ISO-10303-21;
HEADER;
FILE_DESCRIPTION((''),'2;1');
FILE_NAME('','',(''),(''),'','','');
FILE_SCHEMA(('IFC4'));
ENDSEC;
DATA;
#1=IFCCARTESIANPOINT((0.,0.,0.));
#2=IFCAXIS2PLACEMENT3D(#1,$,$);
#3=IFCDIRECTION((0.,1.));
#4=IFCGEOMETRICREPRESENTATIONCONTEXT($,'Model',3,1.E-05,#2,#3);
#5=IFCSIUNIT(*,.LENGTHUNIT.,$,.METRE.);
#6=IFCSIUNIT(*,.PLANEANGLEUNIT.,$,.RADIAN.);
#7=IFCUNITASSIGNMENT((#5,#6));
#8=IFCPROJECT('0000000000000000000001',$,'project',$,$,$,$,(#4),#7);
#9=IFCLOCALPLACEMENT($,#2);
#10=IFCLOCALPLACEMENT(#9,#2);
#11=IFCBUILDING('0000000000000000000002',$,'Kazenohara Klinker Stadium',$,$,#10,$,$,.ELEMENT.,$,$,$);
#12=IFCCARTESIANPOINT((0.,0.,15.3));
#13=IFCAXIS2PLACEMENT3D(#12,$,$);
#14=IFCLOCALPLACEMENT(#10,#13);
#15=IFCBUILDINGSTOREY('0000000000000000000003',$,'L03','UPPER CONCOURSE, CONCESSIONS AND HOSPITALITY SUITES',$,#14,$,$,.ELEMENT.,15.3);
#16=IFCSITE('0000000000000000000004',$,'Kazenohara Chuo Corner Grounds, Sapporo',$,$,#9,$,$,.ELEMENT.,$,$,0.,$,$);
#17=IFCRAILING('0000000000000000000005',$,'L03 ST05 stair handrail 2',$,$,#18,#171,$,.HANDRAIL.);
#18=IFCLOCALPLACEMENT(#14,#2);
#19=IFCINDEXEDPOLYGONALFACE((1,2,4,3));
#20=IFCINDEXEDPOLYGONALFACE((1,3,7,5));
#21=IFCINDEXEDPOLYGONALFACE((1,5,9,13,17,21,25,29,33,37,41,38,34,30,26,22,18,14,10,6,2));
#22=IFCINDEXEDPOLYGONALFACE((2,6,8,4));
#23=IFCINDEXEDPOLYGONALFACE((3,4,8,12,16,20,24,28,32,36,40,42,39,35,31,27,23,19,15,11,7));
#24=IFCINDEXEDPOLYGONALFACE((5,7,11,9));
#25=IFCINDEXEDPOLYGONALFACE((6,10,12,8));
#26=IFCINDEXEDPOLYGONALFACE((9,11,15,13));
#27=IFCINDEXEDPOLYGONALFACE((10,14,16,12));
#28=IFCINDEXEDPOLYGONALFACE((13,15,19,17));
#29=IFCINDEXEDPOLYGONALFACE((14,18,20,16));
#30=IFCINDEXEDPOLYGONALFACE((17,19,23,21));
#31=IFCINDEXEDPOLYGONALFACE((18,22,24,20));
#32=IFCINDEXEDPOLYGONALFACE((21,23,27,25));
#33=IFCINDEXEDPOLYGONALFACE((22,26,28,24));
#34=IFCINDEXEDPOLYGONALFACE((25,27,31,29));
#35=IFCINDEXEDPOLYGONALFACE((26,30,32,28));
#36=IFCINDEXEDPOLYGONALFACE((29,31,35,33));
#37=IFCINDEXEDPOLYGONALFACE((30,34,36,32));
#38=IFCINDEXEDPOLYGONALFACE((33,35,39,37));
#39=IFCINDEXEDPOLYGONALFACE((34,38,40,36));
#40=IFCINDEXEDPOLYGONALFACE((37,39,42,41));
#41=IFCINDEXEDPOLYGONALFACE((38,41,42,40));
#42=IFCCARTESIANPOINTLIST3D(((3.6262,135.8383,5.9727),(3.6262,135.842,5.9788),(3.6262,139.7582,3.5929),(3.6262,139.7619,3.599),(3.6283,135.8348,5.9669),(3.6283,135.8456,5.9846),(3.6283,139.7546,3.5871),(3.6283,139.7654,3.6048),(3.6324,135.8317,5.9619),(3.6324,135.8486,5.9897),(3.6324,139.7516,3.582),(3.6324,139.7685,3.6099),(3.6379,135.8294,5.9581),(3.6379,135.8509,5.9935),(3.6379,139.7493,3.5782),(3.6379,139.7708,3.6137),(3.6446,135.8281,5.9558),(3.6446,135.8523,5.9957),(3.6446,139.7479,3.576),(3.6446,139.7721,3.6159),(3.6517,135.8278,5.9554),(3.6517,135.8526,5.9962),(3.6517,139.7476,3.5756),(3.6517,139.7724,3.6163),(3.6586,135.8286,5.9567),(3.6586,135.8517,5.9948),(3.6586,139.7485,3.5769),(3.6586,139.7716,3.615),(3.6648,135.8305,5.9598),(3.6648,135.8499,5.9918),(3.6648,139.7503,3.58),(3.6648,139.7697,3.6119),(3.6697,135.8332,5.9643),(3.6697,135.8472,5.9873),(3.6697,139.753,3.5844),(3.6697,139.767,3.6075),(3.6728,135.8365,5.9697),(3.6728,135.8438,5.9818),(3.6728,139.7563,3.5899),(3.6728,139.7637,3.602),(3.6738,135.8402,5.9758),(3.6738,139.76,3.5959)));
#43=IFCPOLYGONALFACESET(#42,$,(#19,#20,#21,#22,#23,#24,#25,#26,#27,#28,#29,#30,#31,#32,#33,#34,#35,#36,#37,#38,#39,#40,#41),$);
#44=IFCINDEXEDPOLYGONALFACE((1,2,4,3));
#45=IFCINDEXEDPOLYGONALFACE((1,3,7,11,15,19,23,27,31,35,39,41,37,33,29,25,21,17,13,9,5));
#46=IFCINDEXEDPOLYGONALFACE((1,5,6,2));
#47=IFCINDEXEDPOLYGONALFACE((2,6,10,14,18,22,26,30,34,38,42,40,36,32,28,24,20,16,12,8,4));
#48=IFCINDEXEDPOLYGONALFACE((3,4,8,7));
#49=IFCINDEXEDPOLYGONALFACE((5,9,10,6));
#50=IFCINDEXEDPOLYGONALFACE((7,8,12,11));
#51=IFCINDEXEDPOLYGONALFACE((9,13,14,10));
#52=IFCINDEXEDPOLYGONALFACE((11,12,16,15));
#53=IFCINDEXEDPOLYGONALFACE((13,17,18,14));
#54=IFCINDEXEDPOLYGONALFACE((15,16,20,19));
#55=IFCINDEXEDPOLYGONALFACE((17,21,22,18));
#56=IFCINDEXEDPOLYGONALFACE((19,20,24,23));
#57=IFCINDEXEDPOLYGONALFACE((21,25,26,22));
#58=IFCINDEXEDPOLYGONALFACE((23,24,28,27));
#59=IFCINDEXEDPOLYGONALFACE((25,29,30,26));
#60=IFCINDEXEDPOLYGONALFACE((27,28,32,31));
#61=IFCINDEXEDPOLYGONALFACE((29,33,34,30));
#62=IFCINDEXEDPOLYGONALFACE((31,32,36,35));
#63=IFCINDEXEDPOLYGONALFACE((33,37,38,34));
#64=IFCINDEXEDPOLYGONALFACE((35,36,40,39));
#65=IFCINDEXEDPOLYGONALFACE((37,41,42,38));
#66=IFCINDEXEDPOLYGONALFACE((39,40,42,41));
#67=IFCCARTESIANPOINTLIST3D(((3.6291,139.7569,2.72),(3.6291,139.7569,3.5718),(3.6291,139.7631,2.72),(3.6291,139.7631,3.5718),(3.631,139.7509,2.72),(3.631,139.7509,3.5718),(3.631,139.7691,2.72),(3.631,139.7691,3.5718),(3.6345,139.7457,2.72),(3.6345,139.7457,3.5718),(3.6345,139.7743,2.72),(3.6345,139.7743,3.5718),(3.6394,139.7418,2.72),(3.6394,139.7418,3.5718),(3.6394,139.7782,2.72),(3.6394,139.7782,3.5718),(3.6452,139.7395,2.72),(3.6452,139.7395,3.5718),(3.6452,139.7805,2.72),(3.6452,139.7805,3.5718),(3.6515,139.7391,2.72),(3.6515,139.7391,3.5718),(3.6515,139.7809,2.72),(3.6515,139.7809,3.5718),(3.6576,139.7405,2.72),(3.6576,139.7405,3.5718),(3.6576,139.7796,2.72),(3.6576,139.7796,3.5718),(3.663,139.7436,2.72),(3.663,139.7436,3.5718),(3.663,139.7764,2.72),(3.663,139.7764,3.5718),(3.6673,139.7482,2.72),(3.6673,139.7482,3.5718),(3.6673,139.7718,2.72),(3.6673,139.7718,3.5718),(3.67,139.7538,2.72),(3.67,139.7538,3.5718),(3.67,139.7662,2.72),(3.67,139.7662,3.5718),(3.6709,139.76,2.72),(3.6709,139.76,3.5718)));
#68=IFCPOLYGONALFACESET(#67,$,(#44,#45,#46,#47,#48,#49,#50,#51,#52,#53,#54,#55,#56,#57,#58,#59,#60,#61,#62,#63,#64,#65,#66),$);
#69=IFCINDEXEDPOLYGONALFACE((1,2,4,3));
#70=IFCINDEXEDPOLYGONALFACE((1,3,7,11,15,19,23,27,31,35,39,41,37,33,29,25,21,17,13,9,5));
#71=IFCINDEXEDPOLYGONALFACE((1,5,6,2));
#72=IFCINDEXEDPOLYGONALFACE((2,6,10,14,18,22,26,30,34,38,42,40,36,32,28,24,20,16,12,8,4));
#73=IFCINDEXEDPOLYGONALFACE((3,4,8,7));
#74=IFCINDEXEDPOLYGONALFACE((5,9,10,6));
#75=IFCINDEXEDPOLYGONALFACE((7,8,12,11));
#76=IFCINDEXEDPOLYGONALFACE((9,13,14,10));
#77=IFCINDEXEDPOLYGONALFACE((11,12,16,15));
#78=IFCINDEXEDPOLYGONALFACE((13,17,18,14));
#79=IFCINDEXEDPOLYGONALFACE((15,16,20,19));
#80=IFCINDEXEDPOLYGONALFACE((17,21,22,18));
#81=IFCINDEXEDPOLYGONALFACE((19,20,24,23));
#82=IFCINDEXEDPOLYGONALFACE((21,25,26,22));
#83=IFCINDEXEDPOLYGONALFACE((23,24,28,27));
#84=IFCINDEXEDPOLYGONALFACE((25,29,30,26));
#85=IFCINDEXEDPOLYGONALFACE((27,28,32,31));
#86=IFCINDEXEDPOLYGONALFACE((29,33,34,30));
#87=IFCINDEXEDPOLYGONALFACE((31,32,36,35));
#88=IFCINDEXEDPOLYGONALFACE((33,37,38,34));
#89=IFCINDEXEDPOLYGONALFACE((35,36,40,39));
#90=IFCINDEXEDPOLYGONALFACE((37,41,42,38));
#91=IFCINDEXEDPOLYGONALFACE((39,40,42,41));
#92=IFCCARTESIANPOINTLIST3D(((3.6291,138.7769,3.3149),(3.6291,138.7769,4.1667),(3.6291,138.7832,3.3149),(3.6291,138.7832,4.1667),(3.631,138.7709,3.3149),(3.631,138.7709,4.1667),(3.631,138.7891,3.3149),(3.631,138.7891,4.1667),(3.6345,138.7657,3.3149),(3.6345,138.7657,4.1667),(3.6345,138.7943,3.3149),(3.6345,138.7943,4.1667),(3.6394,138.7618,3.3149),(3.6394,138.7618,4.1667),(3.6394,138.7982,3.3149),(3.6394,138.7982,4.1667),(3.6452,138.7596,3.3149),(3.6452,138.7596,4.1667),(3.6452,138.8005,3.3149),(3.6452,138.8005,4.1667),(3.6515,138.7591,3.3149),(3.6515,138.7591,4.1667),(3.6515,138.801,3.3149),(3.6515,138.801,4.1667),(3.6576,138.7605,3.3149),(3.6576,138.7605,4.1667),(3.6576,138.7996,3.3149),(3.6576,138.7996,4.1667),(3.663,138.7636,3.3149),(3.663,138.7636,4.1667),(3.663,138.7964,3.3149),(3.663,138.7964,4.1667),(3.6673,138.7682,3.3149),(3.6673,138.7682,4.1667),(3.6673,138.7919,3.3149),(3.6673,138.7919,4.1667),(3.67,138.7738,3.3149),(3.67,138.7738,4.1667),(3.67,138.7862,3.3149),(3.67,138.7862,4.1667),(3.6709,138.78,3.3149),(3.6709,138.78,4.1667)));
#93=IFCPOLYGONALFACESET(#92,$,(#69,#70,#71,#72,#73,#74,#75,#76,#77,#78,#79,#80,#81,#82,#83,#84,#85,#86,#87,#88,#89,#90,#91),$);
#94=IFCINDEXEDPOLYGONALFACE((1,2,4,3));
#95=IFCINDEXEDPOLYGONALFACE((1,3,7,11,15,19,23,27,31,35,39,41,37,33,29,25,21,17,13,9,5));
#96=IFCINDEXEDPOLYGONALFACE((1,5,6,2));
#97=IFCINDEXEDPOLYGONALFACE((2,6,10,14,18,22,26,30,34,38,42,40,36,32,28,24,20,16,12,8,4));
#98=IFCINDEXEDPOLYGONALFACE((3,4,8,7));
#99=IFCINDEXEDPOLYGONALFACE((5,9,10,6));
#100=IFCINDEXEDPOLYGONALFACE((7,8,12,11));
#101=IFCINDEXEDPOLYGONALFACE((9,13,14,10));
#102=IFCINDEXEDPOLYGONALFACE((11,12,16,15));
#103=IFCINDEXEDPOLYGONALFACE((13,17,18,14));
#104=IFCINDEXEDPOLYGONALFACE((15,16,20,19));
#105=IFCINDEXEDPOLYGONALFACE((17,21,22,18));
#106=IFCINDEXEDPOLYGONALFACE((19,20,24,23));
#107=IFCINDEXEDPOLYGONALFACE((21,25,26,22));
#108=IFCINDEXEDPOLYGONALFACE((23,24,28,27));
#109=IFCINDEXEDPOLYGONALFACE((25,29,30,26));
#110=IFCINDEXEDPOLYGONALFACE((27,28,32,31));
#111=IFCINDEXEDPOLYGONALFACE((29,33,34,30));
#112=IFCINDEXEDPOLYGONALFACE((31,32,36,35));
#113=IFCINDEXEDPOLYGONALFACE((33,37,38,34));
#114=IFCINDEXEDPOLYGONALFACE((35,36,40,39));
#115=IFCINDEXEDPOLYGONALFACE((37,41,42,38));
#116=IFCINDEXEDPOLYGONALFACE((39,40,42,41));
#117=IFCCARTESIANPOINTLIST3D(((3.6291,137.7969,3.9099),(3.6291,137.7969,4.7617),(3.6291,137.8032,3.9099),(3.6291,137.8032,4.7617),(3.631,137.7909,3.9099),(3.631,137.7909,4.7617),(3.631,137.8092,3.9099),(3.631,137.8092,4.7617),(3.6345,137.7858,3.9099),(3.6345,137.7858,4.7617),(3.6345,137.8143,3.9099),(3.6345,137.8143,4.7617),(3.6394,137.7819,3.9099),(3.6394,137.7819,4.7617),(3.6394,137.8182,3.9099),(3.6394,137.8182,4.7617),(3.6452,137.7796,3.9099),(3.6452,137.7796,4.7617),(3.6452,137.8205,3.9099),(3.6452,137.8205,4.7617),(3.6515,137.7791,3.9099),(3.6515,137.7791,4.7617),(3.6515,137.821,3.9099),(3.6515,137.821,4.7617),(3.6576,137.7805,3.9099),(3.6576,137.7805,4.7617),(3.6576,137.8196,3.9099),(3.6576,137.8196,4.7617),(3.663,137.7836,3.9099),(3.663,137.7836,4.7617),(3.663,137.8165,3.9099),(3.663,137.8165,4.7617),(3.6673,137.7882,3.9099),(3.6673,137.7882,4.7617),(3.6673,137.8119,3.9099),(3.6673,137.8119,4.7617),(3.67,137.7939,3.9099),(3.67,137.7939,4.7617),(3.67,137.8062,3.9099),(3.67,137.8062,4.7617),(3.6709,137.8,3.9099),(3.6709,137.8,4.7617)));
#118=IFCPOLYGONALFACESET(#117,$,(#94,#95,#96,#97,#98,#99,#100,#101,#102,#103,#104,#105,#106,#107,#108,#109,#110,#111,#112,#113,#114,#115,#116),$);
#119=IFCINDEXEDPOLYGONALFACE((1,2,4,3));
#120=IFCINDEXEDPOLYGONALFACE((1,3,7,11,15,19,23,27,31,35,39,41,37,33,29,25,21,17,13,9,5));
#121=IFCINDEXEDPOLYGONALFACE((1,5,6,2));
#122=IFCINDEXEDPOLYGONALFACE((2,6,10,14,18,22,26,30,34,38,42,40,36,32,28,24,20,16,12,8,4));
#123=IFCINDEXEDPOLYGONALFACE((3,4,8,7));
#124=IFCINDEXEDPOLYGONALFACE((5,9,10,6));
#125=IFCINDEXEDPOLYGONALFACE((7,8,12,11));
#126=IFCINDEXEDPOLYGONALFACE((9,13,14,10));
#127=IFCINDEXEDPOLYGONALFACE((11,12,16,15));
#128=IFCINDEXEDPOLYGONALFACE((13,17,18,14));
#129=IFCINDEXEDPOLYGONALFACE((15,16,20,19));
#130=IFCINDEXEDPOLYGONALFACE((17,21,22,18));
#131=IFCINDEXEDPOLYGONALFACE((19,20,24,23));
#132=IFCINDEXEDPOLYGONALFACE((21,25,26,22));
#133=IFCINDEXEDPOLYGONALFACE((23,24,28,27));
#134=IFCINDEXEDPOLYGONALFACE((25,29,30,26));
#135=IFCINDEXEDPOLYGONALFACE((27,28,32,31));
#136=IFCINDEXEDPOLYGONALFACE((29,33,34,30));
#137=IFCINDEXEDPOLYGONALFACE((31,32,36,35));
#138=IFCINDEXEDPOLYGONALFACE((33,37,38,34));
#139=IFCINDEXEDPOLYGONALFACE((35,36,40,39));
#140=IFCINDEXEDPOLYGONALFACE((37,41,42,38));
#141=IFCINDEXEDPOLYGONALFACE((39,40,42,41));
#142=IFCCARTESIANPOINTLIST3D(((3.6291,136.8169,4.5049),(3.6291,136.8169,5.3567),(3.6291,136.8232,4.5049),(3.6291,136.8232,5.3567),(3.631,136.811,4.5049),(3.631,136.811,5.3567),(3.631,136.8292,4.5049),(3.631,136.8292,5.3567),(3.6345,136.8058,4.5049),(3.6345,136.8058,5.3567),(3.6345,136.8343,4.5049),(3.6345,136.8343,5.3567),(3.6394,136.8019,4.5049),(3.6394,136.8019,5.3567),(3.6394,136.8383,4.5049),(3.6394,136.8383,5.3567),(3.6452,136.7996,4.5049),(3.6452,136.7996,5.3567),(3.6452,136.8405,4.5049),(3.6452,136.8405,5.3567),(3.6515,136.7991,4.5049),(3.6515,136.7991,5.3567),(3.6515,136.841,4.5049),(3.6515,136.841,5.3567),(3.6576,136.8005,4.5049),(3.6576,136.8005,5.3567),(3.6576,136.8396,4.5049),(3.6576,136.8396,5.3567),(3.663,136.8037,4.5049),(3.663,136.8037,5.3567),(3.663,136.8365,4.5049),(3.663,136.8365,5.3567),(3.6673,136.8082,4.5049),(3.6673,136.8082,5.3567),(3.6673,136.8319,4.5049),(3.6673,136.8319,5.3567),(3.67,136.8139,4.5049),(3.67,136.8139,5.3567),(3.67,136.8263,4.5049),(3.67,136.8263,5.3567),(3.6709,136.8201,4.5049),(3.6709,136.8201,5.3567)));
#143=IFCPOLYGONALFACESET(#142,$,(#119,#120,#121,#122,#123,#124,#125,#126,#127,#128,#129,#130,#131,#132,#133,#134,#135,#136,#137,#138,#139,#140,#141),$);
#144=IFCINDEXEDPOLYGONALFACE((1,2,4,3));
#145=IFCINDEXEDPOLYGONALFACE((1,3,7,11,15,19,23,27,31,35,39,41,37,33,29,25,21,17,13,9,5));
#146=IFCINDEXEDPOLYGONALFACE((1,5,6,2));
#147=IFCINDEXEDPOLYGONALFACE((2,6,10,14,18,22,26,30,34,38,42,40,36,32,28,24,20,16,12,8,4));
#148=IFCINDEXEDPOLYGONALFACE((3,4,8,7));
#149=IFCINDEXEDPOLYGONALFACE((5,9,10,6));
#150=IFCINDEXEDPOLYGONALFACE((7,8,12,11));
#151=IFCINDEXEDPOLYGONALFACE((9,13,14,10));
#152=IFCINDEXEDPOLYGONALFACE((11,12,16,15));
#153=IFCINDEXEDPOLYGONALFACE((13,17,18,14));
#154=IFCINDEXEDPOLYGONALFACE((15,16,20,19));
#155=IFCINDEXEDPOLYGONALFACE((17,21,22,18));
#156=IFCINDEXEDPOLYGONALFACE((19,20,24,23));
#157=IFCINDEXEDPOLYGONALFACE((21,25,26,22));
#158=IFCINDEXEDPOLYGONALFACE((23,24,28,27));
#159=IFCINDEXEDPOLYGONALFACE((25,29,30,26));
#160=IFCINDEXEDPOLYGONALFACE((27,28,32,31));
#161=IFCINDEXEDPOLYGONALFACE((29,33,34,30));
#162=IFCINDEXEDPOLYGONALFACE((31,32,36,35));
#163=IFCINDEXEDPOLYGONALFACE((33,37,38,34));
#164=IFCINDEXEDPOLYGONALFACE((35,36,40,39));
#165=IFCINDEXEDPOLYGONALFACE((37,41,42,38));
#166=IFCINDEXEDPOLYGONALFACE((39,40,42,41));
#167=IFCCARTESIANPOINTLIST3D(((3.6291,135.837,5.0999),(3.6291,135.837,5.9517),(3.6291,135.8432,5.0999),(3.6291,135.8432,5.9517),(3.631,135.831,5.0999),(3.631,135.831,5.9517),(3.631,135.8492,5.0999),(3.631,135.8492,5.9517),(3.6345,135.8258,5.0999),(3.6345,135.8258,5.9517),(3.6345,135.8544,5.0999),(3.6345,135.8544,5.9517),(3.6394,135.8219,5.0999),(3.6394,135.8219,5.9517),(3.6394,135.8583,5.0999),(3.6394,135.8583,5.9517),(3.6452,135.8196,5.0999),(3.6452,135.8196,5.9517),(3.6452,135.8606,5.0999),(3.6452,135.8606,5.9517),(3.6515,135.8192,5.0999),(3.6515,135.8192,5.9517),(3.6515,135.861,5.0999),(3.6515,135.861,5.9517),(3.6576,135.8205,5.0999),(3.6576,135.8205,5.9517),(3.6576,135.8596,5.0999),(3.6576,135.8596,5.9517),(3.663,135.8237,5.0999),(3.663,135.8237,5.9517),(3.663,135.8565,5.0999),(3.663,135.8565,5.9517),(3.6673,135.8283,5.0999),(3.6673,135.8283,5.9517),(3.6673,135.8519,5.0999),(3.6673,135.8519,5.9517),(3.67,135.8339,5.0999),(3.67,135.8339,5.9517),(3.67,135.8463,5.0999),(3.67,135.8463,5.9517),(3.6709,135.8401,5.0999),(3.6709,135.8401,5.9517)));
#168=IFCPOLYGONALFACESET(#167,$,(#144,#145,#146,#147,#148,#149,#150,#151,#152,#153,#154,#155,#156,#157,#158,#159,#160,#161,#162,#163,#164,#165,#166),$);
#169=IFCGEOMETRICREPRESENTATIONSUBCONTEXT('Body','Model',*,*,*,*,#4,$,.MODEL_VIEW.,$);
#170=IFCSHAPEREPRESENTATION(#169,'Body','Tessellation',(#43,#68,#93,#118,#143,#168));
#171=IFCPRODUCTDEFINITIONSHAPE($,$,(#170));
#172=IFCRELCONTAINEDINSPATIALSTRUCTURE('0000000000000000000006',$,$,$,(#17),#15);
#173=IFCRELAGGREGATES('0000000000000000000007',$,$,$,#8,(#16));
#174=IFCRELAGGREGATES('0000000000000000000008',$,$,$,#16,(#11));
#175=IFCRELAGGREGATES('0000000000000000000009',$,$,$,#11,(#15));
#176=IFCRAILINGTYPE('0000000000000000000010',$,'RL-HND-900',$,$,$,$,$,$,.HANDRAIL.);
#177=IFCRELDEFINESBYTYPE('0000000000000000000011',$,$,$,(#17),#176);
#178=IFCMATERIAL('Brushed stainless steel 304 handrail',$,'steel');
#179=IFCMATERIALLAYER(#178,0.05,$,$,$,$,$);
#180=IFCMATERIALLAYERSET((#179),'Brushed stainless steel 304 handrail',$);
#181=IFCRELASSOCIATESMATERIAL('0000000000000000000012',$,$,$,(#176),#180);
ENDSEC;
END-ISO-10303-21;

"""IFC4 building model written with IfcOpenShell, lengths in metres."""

from ifc_helpers import new_model, si_unit, direction, frame, origin, origin_2d, place, context, subcontext, project, spatial, circle, extrude, material, layer, layer_set, type_object, element, save


model = new_model("IFC4")

# Units and contexts
model_context = context("Model", 3, precision=1e-05, world=origin(), true_north=direction((0.0, 1.0)))
body_context = subcontext(model_context, "Body", "Model", "MODEL_VIEW")
ifc_project = project(units=[si_unit("LENGTHUNIT", "METRE"), si_unit("PLANEANGLEUNIT", "RADIAN")], contexts=[model_context])

# Site, building, storey
site_placement = place(None, origin())
site = spatial("IfcSite", under=ifc_project, at=site_placement, Name="Kazenohara Chuo Corner Grounds, Sapporo", CompositionType="ELEMENT", RefElevation=0.0)
building_placement = place(site_placement, origin())
building = spatial("IfcBuilding", under=site, at=building_placement, Name="Kazenohara Klinker Stadium", CompositionType="ELEMENT")
storey_placement = place(building_placement, frame((0.0, 0.0, 15.3)))
storey = spatial("IfcBuildingStorey", under=building, at=storey_placement, Name="L03", Description="UPPER CONCOURSE, CONCESSIONS AND HOSPITALITY SUITES", CompositionType="ELEMENT", Elevation=15.3)

# Railing
ifc_material_1 = material(Name="Brushed stainless steel 304 handrail", Category="steel")
ifc_layer_1 = layer(ifc_material_1, 0.05)
ifc_layer_set_1 = layer_set([ifc_layer_1], Name="Brushed stainless steel 304 handrail")
railing_type_1 = type_object("IfcRailingType", Name="RL-HND-900", PredefinedType="HANDRAIL", material=ifc_layer_set_1)
railing_1_placement = place(storey_placement, frame((3.6499, 139.76, 2.72)))
element("IfcRailing", 1, at=railing_1_placement, inside=storey, type_object=railing_type_1, Name="L03 ST05 stair handrail 2", PredefinedType="HANDRAIL", context=body_context, shape_type="SweptSolid", body=[
    extrude(circle(Radius=0.0239, at=origin_2d()), frame((0.0, 0.0, 0.876), z_axis=(0.0, -0.854794, 0.518967), x_axis=(1.0, 0.0, 0.0)), (0.0, 0.0, 1.0), 4.5857),
    extrude(circle(Radius=0.021, at=origin_2d()), origin(), (0.0, 0.0, 1.0), 0.8518),
    extrude(circle(Radius=0.021, at=origin_2d()), frame((0.0, -0.98, 0.595)), (0.0, 0.0, 1.0), 0.8518),
    extrude(circle(Radius=0.021, at=origin_2d()), frame((0.0, -1.96, 1.1899)), (0.0, 0.0, 1.0), 0.8518),
    extrude(circle(Radius=0.021, at=origin_2d()), frame((0.0, -2.9399, 1.7849)), (0.0, 0.0, 1.0), 0.8518),
    extrude(circle(Radius=0.021, at=origin_2d()), frame((0.0, -3.9199, 2.3799)), (0.0, 0.0, 1.0), 0.8518),
])

save(model, "model.ifc")
